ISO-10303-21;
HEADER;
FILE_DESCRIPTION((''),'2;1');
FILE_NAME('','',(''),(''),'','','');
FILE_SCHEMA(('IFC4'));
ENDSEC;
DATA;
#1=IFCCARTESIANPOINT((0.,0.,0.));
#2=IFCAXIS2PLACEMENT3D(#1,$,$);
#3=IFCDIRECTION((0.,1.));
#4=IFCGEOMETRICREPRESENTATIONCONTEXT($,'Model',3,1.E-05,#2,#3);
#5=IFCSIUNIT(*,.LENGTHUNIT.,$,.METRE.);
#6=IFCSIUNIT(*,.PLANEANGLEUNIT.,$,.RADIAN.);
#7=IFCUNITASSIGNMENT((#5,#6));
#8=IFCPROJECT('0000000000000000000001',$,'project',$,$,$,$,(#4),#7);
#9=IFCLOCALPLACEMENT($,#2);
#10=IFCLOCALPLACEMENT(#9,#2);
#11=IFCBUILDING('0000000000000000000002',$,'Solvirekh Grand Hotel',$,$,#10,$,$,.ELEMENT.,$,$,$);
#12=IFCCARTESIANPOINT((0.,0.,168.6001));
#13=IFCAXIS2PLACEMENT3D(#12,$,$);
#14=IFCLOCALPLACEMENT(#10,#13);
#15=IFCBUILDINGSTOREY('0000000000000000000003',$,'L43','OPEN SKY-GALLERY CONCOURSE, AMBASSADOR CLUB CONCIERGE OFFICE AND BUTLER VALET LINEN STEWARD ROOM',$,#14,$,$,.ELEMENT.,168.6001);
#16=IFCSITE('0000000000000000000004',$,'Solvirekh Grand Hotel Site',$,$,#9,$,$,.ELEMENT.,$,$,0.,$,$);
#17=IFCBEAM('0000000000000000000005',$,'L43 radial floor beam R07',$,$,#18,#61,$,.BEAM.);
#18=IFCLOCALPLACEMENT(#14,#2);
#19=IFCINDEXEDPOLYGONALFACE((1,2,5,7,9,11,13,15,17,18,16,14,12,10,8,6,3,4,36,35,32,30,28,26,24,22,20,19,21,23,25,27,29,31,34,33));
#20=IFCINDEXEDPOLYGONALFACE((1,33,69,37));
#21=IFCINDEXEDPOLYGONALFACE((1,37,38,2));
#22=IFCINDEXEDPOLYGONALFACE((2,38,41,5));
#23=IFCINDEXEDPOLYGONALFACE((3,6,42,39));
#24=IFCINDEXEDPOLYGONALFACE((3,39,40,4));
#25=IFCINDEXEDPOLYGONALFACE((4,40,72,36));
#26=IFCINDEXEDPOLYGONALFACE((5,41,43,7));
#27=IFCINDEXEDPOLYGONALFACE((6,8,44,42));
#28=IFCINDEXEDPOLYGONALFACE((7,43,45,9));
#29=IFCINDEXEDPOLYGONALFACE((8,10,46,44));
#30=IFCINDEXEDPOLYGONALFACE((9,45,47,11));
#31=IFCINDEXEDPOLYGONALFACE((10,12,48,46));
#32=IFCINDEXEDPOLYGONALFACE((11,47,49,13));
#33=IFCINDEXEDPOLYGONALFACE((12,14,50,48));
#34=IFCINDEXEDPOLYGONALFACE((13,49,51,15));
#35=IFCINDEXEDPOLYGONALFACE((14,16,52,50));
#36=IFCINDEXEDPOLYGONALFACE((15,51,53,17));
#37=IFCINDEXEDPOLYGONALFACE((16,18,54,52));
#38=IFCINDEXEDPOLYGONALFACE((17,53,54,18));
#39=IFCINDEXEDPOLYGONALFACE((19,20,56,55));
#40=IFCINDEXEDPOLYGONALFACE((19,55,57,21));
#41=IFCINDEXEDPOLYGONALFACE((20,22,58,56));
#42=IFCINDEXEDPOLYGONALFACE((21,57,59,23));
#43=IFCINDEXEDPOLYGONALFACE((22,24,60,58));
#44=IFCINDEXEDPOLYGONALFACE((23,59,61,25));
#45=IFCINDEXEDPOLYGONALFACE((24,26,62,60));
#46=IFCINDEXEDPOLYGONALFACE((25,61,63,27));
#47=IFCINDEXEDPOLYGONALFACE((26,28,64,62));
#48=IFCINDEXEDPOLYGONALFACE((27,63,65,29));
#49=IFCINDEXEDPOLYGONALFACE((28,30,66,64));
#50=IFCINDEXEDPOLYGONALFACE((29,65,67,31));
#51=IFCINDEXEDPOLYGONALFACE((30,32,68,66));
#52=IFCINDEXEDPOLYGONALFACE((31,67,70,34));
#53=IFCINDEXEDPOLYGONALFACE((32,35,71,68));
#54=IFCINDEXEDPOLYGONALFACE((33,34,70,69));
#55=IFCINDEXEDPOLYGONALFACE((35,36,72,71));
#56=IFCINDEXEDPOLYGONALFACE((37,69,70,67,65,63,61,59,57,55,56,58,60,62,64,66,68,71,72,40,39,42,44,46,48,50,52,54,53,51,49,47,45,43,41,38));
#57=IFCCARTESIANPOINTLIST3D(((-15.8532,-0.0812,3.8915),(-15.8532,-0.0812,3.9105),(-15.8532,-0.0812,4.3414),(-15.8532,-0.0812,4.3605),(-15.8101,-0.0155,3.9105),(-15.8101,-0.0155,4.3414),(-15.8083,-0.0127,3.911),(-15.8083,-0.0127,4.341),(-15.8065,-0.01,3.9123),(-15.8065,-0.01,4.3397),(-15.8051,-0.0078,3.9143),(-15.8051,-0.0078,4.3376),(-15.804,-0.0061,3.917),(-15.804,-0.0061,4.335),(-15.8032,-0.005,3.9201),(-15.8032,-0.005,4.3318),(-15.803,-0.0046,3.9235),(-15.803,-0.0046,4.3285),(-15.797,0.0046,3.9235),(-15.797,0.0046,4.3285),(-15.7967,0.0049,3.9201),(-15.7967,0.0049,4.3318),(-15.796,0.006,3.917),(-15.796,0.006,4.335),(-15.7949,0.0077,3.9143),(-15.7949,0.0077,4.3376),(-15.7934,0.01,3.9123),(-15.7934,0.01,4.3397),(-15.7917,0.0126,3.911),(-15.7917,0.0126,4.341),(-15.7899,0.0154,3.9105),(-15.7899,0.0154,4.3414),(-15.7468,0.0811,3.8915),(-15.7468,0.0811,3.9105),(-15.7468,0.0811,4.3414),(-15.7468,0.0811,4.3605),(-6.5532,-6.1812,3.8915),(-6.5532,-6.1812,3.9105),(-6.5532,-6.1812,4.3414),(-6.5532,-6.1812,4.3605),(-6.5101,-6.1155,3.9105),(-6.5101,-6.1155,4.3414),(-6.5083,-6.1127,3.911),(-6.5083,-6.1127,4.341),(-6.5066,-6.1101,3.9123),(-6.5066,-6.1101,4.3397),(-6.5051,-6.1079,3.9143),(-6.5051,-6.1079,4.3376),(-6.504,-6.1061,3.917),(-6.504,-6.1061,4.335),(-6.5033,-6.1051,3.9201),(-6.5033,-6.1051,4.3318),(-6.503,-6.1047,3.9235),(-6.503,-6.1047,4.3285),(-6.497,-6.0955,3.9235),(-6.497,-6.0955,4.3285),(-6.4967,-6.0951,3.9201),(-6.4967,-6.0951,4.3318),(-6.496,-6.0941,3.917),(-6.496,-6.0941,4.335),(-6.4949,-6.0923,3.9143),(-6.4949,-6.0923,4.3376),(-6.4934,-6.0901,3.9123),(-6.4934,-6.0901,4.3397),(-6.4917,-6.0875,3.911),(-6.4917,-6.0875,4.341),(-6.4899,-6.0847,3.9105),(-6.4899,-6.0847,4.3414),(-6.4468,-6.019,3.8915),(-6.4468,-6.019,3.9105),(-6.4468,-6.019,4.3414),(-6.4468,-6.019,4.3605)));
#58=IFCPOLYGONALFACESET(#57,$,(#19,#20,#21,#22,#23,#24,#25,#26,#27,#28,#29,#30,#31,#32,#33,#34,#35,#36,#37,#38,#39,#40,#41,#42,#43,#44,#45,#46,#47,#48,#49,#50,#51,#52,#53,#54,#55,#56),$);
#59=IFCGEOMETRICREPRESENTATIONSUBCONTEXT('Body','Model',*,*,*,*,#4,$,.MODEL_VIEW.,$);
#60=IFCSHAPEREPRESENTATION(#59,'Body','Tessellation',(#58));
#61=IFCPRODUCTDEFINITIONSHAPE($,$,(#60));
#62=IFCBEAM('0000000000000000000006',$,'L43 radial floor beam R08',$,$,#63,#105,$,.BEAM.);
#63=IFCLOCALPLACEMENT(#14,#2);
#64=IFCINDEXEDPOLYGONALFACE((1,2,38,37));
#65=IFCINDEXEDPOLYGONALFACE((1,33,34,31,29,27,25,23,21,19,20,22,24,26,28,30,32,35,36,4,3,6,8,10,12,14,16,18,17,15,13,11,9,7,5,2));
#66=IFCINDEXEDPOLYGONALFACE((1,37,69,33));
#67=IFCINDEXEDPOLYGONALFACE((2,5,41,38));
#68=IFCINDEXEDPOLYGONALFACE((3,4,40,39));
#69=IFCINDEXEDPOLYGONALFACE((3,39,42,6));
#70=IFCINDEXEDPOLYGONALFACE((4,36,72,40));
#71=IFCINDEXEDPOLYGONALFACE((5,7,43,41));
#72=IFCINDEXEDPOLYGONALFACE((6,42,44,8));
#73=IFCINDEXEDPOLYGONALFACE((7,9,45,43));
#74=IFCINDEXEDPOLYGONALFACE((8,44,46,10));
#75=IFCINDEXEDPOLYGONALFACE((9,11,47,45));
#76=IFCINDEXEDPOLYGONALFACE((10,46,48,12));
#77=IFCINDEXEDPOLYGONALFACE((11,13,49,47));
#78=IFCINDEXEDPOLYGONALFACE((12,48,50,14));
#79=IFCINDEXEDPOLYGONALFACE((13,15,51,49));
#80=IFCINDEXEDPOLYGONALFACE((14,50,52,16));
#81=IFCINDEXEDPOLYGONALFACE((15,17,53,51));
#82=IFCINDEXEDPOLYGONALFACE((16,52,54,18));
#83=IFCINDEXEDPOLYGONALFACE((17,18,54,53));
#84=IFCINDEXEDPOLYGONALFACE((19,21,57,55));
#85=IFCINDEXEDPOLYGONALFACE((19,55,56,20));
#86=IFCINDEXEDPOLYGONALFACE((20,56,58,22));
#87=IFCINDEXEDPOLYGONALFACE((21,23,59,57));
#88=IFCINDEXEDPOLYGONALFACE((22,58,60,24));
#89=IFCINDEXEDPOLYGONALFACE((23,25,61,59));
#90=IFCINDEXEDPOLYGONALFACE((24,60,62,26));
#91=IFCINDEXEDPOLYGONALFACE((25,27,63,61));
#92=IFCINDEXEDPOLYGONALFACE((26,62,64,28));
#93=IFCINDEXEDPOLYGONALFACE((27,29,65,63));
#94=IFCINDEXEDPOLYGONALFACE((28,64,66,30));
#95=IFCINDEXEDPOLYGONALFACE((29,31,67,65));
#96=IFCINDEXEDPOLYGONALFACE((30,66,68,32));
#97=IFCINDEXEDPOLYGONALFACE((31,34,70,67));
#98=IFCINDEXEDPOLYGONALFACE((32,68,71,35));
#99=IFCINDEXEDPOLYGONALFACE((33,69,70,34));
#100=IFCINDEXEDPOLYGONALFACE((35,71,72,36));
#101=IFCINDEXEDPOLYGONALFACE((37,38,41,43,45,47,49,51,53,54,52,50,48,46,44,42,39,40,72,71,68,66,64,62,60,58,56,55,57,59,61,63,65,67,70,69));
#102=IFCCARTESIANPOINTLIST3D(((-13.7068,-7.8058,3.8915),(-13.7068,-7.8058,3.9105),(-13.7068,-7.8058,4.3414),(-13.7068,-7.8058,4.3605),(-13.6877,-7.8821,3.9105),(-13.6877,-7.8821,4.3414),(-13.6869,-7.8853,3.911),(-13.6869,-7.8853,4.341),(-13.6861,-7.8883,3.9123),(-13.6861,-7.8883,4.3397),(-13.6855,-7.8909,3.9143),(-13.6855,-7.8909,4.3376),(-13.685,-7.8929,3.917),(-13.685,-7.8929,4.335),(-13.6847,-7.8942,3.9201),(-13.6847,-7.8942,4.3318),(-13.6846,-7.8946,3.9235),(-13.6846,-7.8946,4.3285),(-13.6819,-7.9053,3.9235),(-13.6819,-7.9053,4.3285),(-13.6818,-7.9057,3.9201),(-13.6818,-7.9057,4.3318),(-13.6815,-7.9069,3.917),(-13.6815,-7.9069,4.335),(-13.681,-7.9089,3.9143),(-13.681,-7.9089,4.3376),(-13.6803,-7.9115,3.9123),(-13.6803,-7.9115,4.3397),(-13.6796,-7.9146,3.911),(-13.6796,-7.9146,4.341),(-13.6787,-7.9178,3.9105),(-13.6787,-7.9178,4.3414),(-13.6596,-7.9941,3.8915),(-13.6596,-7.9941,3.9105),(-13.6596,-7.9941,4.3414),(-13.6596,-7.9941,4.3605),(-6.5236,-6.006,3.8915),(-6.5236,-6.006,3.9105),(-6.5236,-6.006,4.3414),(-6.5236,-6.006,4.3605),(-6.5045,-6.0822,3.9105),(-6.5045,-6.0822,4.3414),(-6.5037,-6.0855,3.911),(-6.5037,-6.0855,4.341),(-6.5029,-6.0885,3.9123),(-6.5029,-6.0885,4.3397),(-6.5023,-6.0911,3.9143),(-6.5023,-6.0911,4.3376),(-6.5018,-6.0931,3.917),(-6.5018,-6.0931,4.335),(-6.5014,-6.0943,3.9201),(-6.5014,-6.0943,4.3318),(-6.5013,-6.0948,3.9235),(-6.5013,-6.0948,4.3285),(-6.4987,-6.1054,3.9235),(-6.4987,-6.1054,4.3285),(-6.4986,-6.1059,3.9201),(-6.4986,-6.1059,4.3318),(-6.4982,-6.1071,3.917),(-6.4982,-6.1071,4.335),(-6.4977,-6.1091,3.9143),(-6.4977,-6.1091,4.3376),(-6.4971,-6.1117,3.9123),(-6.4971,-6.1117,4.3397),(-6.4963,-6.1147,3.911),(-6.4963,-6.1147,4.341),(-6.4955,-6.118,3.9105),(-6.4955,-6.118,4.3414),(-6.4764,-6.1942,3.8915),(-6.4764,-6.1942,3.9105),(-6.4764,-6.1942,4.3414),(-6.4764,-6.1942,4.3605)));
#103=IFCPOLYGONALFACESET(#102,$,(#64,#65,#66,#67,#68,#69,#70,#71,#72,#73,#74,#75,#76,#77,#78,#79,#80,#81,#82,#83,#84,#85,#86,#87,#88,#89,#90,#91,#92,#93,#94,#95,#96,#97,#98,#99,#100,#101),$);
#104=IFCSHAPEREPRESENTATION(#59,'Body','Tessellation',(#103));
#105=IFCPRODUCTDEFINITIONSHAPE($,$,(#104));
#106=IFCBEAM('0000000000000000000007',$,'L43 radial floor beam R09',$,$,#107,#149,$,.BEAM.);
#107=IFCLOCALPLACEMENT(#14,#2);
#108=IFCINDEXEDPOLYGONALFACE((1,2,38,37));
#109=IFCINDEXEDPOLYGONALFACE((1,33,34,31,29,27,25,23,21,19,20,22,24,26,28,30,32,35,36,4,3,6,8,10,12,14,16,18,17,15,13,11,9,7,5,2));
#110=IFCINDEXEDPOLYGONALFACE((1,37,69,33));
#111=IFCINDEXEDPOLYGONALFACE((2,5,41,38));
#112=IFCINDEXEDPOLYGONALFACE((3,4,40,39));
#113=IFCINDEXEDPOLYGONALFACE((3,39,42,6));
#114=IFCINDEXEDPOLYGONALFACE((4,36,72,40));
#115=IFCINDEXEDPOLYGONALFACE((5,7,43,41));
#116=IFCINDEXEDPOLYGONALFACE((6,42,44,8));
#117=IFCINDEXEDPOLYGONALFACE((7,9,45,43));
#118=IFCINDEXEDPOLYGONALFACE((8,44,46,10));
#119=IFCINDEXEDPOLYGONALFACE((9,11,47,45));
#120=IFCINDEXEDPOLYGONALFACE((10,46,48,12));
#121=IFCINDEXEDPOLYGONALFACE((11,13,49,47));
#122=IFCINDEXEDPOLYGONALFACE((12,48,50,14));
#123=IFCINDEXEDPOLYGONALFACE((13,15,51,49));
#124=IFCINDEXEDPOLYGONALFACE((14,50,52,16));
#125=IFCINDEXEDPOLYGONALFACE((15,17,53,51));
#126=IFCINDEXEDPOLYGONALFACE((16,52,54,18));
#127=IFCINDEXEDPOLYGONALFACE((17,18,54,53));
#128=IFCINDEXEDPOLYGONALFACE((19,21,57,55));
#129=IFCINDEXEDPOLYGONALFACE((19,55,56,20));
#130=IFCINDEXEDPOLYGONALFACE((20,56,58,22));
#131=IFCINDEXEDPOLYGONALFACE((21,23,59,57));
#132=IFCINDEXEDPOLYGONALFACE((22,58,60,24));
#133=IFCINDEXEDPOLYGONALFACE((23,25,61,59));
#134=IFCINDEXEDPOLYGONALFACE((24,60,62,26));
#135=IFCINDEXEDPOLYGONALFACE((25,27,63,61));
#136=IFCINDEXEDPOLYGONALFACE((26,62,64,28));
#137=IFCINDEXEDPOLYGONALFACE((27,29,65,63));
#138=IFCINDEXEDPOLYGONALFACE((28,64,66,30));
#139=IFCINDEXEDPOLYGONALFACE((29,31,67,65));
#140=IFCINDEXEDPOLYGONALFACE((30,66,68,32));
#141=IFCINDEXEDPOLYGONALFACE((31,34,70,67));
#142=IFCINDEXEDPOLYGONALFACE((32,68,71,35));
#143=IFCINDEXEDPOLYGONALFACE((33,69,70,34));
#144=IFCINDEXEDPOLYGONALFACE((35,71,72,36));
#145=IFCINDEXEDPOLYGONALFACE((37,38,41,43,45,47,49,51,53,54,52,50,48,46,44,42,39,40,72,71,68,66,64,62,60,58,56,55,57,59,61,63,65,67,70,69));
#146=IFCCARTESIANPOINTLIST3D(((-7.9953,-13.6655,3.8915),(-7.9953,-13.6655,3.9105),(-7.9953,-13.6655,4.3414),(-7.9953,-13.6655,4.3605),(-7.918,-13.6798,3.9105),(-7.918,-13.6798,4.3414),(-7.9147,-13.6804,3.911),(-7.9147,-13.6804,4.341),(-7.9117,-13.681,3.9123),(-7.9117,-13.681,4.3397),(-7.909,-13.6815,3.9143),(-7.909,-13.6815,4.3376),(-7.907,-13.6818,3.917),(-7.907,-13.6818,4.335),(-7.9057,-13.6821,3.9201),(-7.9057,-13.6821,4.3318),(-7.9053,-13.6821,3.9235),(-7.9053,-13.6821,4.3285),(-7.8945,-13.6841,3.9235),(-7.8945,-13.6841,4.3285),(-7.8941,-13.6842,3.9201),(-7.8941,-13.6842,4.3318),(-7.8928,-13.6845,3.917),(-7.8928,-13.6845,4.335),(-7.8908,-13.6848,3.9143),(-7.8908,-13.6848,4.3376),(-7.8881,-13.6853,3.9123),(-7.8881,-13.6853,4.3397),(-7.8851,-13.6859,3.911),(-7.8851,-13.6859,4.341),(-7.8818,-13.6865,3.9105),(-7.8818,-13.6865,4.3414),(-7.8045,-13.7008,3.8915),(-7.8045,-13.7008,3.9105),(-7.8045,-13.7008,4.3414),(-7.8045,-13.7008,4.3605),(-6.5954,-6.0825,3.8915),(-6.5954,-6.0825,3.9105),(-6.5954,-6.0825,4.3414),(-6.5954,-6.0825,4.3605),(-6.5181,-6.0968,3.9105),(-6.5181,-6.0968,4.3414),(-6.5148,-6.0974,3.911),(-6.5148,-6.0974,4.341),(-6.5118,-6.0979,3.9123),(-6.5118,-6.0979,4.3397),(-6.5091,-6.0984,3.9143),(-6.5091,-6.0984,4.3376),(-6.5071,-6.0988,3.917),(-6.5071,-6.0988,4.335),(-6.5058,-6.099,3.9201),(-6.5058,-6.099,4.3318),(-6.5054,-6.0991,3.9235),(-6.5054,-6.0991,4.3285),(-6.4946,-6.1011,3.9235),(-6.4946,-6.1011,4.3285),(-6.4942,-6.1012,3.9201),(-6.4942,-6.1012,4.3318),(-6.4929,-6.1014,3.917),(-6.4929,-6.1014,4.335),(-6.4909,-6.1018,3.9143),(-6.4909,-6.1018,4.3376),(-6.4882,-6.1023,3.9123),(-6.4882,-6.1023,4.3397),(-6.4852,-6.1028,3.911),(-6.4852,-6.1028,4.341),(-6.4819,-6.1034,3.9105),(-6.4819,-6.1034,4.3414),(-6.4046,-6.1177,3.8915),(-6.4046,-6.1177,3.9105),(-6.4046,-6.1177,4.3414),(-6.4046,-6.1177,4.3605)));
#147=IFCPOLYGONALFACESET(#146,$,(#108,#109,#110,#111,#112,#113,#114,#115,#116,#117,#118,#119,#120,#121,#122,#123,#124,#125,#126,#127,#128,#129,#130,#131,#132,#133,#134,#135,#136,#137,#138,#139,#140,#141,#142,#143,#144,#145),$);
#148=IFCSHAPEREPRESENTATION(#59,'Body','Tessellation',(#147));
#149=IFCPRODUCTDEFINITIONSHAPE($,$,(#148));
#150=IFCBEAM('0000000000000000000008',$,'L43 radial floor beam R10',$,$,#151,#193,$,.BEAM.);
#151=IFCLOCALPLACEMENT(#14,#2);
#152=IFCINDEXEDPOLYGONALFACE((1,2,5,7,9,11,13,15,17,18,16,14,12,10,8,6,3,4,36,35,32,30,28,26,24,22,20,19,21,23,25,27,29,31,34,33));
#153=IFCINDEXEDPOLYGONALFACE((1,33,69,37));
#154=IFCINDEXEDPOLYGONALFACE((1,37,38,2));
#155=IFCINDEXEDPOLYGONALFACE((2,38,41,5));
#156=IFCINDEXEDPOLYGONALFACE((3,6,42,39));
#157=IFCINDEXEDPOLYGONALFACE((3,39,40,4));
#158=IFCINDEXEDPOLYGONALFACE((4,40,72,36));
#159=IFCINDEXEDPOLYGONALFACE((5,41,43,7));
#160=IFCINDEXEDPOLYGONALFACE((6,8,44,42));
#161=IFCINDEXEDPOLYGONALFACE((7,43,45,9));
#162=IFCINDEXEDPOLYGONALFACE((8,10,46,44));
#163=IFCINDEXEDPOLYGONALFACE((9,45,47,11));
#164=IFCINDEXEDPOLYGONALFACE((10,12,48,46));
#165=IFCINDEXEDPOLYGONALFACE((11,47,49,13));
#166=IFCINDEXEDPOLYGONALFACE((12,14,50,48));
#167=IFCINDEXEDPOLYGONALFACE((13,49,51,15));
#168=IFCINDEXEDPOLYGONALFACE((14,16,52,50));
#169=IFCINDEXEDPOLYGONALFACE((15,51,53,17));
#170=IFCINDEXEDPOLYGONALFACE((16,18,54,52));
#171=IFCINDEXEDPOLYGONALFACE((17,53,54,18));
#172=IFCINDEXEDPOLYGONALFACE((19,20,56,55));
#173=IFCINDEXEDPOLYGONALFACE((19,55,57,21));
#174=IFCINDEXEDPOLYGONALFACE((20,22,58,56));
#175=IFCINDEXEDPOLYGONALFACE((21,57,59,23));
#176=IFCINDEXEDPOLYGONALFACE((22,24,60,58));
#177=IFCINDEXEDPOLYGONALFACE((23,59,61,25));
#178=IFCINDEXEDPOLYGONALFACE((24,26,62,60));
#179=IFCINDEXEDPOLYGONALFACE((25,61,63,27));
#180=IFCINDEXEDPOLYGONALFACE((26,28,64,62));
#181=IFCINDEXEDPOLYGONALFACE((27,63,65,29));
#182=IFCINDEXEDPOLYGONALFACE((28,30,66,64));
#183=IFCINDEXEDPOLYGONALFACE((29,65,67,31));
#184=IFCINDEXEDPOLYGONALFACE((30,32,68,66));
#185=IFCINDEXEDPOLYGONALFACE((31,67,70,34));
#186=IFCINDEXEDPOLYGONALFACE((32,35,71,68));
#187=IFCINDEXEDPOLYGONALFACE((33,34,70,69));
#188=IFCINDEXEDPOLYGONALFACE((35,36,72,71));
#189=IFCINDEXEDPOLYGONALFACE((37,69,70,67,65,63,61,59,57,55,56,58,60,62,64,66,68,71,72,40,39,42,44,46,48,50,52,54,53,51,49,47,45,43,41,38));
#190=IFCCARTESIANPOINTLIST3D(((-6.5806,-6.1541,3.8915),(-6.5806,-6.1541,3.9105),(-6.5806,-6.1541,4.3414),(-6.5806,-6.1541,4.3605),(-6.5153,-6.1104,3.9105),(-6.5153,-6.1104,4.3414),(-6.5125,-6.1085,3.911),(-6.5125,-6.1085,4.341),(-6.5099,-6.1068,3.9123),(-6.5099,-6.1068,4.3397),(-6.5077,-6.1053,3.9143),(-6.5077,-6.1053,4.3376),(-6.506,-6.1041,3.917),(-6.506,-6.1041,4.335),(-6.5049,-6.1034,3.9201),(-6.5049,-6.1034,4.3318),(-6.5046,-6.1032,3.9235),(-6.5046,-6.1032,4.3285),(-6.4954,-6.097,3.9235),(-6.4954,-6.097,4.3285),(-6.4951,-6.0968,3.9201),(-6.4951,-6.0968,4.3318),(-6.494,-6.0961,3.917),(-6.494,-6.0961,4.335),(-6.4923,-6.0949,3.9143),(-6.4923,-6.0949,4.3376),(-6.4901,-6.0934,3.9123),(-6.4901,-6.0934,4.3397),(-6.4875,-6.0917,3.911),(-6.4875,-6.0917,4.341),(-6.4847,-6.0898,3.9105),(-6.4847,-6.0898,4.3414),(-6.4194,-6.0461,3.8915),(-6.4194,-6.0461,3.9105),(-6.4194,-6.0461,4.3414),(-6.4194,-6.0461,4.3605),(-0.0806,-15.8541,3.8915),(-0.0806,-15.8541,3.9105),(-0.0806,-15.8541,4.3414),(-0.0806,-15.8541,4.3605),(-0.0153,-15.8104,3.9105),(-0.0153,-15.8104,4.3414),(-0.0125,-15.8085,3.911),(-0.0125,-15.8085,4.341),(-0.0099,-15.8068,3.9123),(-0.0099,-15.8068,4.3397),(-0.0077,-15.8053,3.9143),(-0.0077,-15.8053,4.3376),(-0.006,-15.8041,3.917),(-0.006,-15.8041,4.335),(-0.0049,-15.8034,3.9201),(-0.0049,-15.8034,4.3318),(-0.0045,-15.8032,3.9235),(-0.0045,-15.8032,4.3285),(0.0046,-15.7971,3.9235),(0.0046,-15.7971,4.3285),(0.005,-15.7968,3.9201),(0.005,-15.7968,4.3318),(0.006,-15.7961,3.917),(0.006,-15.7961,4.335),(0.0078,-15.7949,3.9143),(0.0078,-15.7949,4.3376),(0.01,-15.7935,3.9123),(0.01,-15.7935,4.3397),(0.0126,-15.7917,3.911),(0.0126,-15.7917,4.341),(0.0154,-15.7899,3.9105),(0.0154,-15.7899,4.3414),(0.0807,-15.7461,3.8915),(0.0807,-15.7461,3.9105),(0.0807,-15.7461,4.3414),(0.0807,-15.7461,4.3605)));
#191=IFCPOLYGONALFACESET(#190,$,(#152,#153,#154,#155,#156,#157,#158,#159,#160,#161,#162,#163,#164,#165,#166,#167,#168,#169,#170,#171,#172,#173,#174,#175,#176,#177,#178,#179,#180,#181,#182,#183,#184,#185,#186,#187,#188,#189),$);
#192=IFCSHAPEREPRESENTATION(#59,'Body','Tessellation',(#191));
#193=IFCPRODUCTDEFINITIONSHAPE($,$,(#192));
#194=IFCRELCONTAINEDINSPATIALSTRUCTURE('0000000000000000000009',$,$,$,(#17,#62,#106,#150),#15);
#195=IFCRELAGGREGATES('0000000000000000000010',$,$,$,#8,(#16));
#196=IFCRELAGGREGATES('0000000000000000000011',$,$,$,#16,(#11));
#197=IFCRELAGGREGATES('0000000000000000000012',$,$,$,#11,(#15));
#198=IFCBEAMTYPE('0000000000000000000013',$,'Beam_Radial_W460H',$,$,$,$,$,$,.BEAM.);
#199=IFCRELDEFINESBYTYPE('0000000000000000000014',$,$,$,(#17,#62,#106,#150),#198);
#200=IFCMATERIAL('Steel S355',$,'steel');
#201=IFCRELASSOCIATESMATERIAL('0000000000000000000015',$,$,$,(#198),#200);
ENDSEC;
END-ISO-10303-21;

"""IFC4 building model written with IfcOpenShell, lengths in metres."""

from ifc_helpers import new_model, si_unit, direction, frame, origin, origin_2d, place, context, subcontext, project, spatial, i_section, extrude, material, material_profile, profile_set, type_object, element, save


model = new_model("IFC4")

# Units and contexts
model_context = context("Model", 3, precision=1e-05, world=origin(), true_north=direction((0.0, 1.0)))
body_context = subcontext(model_context, "Body", "Model", "MODEL_VIEW")
ifc_project = project(units=[si_unit("LENGTHUNIT", "METRE"), si_unit("PLANEANGLEUNIT", "RADIAN")], contexts=[model_context])

# Site, building, storey
site_placement = place(None, origin())
site = spatial("IfcSite", under=ifc_project, at=site_placement, Name="Solvirekh Grand Hotel Site", CompositionType="ELEMENT", RefElevation=0.0)
building_placement = place(site_placement, origin())
building = spatial("IfcBuilding", under=site, at=building_placement, Name="Solvirekh Grand Hotel", CompositionType="ELEMENT")
storey_placement = place(building_placement, frame((0.0, 0.0, 168.6001)))
storey = spatial("IfcBuildingStorey", under=building, at=storey_placement, Name="L43", Description="OPEN SKY-GALLERY CONCOURSE, AMBASSADOR CLUB CONCIERGE OFFICE AND BUTLER VALET LINEN STEWARD ROOM", CompositionType="ELEMENT", Elevation=168.6001)

# Beams
ifc_material_1 = material(Name="Steel S355", Category="steel")
ifc_material_profile = material_profile(ifc_material_1, i_section(OverallWidth=0.1941, OverallDepth=0.469, WebThickness=0.011, FlangeThickness=0.019, FilletRadius=0.0129, at=origin_2d()), Name="W460X106")
ifc_profile_set = profile_set([ifc_material_profile], Name="Steel S355")
beam_type = type_object("IfcBeamType", Name="Beam_Radial_W460H", PredefinedType="BEAM", material=ifc_profile_set)
beam_1_placement = place(storey_placement, frame((-6.5, -6.1001, 4.126), z_axis=(-0.836174, 0.548464, 0.0), x_axis=(-0.548464, -0.836174, 0.0)))
element("IfcBeam", 1, at=beam_1_placement, inside=storey, type_object=beam_type, Name="L43 radial floor beam R07", PredefinedType="BEAM", context=body_context, shape_type="SweptSolid", body=[
    extrude(i_section(OverallWidth=0.1941, OverallDepth=0.469, WebThickness=0.011, FlangeThickness=0.019, FilletRadius=0.0129, at=origin_2d()), origin(), (0.0, 0.0, 1.0), 11.1221),
])
beam_2_placement = place(storey_placement, frame((-6.5, -6.1001, 4.126), z_axis=(-0.970014, -0.243048, 0.0), x_axis=(0.243048, -0.970014, 0.0)))
element("IfcBeam", 2, at=beam_2_placement, inside=storey, type_object=beam_type, Name="L43 radial floor beam R08", PredefinedType="BEAM", context=body_context, shape_type="SweptSolid", body=[
    extrude(i_section(OverallWidth=0.1941, OverallDepth=0.469, WebThickness=0.011, FlangeThickness=0.019, FilletRadius=0.0129, at=origin_2d()), origin(), (0.0, 0.0, 1.0), 7.4053),
])
beam_3_placement = place(storey_placement, frame((-6.5, -6.1001, 4.126), z_axis=(-0.181543, -0.983383, 0.0), x_axis=(0.983383, -0.181543, 0.0)))
element("IfcBeam", 3, at=beam_3_placement, inside=storey, type_object=beam_type, Name="L43 radial floor beam R09", PredefinedType="BEAM", context=body_context, shape_type="SweptSolid", body=[
    extrude(i_section(OverallWidth=0.1941, OverallDepth=0.469, WebThickness=0.011, FlangeThickness=0.019, FilletRadius=0.0129, at=origin_2d()), origin(), (0.0, 0.0, 1.0), 7.7112),
])
beam_4_placement = place(storey_placement, frame((-6.5, -6.1001, 4.126), z_axis=(0.556677, -0.830729, 0.0), x_axis=(0.830729, 0.556677, 0.0)))
element("IfcBeam", 4, at=beam_4_placement, inside=storey, type_object=beam_type, Name="L43 radial floor beam R10", PredefinedType="BEAM", context=body_context, shape_type="SweptSolid", body=[
    extrude(i_section(OverallWidth=0.1941, OverallDepth=0.469, WebThickness=0.011, FlangeThickness=0.019, FilletRadius=0.0129, at=origin_2d()), origin(), (0.0, 0.0, 1.0), 11.6765),
])

save(model, "model.ifc")
